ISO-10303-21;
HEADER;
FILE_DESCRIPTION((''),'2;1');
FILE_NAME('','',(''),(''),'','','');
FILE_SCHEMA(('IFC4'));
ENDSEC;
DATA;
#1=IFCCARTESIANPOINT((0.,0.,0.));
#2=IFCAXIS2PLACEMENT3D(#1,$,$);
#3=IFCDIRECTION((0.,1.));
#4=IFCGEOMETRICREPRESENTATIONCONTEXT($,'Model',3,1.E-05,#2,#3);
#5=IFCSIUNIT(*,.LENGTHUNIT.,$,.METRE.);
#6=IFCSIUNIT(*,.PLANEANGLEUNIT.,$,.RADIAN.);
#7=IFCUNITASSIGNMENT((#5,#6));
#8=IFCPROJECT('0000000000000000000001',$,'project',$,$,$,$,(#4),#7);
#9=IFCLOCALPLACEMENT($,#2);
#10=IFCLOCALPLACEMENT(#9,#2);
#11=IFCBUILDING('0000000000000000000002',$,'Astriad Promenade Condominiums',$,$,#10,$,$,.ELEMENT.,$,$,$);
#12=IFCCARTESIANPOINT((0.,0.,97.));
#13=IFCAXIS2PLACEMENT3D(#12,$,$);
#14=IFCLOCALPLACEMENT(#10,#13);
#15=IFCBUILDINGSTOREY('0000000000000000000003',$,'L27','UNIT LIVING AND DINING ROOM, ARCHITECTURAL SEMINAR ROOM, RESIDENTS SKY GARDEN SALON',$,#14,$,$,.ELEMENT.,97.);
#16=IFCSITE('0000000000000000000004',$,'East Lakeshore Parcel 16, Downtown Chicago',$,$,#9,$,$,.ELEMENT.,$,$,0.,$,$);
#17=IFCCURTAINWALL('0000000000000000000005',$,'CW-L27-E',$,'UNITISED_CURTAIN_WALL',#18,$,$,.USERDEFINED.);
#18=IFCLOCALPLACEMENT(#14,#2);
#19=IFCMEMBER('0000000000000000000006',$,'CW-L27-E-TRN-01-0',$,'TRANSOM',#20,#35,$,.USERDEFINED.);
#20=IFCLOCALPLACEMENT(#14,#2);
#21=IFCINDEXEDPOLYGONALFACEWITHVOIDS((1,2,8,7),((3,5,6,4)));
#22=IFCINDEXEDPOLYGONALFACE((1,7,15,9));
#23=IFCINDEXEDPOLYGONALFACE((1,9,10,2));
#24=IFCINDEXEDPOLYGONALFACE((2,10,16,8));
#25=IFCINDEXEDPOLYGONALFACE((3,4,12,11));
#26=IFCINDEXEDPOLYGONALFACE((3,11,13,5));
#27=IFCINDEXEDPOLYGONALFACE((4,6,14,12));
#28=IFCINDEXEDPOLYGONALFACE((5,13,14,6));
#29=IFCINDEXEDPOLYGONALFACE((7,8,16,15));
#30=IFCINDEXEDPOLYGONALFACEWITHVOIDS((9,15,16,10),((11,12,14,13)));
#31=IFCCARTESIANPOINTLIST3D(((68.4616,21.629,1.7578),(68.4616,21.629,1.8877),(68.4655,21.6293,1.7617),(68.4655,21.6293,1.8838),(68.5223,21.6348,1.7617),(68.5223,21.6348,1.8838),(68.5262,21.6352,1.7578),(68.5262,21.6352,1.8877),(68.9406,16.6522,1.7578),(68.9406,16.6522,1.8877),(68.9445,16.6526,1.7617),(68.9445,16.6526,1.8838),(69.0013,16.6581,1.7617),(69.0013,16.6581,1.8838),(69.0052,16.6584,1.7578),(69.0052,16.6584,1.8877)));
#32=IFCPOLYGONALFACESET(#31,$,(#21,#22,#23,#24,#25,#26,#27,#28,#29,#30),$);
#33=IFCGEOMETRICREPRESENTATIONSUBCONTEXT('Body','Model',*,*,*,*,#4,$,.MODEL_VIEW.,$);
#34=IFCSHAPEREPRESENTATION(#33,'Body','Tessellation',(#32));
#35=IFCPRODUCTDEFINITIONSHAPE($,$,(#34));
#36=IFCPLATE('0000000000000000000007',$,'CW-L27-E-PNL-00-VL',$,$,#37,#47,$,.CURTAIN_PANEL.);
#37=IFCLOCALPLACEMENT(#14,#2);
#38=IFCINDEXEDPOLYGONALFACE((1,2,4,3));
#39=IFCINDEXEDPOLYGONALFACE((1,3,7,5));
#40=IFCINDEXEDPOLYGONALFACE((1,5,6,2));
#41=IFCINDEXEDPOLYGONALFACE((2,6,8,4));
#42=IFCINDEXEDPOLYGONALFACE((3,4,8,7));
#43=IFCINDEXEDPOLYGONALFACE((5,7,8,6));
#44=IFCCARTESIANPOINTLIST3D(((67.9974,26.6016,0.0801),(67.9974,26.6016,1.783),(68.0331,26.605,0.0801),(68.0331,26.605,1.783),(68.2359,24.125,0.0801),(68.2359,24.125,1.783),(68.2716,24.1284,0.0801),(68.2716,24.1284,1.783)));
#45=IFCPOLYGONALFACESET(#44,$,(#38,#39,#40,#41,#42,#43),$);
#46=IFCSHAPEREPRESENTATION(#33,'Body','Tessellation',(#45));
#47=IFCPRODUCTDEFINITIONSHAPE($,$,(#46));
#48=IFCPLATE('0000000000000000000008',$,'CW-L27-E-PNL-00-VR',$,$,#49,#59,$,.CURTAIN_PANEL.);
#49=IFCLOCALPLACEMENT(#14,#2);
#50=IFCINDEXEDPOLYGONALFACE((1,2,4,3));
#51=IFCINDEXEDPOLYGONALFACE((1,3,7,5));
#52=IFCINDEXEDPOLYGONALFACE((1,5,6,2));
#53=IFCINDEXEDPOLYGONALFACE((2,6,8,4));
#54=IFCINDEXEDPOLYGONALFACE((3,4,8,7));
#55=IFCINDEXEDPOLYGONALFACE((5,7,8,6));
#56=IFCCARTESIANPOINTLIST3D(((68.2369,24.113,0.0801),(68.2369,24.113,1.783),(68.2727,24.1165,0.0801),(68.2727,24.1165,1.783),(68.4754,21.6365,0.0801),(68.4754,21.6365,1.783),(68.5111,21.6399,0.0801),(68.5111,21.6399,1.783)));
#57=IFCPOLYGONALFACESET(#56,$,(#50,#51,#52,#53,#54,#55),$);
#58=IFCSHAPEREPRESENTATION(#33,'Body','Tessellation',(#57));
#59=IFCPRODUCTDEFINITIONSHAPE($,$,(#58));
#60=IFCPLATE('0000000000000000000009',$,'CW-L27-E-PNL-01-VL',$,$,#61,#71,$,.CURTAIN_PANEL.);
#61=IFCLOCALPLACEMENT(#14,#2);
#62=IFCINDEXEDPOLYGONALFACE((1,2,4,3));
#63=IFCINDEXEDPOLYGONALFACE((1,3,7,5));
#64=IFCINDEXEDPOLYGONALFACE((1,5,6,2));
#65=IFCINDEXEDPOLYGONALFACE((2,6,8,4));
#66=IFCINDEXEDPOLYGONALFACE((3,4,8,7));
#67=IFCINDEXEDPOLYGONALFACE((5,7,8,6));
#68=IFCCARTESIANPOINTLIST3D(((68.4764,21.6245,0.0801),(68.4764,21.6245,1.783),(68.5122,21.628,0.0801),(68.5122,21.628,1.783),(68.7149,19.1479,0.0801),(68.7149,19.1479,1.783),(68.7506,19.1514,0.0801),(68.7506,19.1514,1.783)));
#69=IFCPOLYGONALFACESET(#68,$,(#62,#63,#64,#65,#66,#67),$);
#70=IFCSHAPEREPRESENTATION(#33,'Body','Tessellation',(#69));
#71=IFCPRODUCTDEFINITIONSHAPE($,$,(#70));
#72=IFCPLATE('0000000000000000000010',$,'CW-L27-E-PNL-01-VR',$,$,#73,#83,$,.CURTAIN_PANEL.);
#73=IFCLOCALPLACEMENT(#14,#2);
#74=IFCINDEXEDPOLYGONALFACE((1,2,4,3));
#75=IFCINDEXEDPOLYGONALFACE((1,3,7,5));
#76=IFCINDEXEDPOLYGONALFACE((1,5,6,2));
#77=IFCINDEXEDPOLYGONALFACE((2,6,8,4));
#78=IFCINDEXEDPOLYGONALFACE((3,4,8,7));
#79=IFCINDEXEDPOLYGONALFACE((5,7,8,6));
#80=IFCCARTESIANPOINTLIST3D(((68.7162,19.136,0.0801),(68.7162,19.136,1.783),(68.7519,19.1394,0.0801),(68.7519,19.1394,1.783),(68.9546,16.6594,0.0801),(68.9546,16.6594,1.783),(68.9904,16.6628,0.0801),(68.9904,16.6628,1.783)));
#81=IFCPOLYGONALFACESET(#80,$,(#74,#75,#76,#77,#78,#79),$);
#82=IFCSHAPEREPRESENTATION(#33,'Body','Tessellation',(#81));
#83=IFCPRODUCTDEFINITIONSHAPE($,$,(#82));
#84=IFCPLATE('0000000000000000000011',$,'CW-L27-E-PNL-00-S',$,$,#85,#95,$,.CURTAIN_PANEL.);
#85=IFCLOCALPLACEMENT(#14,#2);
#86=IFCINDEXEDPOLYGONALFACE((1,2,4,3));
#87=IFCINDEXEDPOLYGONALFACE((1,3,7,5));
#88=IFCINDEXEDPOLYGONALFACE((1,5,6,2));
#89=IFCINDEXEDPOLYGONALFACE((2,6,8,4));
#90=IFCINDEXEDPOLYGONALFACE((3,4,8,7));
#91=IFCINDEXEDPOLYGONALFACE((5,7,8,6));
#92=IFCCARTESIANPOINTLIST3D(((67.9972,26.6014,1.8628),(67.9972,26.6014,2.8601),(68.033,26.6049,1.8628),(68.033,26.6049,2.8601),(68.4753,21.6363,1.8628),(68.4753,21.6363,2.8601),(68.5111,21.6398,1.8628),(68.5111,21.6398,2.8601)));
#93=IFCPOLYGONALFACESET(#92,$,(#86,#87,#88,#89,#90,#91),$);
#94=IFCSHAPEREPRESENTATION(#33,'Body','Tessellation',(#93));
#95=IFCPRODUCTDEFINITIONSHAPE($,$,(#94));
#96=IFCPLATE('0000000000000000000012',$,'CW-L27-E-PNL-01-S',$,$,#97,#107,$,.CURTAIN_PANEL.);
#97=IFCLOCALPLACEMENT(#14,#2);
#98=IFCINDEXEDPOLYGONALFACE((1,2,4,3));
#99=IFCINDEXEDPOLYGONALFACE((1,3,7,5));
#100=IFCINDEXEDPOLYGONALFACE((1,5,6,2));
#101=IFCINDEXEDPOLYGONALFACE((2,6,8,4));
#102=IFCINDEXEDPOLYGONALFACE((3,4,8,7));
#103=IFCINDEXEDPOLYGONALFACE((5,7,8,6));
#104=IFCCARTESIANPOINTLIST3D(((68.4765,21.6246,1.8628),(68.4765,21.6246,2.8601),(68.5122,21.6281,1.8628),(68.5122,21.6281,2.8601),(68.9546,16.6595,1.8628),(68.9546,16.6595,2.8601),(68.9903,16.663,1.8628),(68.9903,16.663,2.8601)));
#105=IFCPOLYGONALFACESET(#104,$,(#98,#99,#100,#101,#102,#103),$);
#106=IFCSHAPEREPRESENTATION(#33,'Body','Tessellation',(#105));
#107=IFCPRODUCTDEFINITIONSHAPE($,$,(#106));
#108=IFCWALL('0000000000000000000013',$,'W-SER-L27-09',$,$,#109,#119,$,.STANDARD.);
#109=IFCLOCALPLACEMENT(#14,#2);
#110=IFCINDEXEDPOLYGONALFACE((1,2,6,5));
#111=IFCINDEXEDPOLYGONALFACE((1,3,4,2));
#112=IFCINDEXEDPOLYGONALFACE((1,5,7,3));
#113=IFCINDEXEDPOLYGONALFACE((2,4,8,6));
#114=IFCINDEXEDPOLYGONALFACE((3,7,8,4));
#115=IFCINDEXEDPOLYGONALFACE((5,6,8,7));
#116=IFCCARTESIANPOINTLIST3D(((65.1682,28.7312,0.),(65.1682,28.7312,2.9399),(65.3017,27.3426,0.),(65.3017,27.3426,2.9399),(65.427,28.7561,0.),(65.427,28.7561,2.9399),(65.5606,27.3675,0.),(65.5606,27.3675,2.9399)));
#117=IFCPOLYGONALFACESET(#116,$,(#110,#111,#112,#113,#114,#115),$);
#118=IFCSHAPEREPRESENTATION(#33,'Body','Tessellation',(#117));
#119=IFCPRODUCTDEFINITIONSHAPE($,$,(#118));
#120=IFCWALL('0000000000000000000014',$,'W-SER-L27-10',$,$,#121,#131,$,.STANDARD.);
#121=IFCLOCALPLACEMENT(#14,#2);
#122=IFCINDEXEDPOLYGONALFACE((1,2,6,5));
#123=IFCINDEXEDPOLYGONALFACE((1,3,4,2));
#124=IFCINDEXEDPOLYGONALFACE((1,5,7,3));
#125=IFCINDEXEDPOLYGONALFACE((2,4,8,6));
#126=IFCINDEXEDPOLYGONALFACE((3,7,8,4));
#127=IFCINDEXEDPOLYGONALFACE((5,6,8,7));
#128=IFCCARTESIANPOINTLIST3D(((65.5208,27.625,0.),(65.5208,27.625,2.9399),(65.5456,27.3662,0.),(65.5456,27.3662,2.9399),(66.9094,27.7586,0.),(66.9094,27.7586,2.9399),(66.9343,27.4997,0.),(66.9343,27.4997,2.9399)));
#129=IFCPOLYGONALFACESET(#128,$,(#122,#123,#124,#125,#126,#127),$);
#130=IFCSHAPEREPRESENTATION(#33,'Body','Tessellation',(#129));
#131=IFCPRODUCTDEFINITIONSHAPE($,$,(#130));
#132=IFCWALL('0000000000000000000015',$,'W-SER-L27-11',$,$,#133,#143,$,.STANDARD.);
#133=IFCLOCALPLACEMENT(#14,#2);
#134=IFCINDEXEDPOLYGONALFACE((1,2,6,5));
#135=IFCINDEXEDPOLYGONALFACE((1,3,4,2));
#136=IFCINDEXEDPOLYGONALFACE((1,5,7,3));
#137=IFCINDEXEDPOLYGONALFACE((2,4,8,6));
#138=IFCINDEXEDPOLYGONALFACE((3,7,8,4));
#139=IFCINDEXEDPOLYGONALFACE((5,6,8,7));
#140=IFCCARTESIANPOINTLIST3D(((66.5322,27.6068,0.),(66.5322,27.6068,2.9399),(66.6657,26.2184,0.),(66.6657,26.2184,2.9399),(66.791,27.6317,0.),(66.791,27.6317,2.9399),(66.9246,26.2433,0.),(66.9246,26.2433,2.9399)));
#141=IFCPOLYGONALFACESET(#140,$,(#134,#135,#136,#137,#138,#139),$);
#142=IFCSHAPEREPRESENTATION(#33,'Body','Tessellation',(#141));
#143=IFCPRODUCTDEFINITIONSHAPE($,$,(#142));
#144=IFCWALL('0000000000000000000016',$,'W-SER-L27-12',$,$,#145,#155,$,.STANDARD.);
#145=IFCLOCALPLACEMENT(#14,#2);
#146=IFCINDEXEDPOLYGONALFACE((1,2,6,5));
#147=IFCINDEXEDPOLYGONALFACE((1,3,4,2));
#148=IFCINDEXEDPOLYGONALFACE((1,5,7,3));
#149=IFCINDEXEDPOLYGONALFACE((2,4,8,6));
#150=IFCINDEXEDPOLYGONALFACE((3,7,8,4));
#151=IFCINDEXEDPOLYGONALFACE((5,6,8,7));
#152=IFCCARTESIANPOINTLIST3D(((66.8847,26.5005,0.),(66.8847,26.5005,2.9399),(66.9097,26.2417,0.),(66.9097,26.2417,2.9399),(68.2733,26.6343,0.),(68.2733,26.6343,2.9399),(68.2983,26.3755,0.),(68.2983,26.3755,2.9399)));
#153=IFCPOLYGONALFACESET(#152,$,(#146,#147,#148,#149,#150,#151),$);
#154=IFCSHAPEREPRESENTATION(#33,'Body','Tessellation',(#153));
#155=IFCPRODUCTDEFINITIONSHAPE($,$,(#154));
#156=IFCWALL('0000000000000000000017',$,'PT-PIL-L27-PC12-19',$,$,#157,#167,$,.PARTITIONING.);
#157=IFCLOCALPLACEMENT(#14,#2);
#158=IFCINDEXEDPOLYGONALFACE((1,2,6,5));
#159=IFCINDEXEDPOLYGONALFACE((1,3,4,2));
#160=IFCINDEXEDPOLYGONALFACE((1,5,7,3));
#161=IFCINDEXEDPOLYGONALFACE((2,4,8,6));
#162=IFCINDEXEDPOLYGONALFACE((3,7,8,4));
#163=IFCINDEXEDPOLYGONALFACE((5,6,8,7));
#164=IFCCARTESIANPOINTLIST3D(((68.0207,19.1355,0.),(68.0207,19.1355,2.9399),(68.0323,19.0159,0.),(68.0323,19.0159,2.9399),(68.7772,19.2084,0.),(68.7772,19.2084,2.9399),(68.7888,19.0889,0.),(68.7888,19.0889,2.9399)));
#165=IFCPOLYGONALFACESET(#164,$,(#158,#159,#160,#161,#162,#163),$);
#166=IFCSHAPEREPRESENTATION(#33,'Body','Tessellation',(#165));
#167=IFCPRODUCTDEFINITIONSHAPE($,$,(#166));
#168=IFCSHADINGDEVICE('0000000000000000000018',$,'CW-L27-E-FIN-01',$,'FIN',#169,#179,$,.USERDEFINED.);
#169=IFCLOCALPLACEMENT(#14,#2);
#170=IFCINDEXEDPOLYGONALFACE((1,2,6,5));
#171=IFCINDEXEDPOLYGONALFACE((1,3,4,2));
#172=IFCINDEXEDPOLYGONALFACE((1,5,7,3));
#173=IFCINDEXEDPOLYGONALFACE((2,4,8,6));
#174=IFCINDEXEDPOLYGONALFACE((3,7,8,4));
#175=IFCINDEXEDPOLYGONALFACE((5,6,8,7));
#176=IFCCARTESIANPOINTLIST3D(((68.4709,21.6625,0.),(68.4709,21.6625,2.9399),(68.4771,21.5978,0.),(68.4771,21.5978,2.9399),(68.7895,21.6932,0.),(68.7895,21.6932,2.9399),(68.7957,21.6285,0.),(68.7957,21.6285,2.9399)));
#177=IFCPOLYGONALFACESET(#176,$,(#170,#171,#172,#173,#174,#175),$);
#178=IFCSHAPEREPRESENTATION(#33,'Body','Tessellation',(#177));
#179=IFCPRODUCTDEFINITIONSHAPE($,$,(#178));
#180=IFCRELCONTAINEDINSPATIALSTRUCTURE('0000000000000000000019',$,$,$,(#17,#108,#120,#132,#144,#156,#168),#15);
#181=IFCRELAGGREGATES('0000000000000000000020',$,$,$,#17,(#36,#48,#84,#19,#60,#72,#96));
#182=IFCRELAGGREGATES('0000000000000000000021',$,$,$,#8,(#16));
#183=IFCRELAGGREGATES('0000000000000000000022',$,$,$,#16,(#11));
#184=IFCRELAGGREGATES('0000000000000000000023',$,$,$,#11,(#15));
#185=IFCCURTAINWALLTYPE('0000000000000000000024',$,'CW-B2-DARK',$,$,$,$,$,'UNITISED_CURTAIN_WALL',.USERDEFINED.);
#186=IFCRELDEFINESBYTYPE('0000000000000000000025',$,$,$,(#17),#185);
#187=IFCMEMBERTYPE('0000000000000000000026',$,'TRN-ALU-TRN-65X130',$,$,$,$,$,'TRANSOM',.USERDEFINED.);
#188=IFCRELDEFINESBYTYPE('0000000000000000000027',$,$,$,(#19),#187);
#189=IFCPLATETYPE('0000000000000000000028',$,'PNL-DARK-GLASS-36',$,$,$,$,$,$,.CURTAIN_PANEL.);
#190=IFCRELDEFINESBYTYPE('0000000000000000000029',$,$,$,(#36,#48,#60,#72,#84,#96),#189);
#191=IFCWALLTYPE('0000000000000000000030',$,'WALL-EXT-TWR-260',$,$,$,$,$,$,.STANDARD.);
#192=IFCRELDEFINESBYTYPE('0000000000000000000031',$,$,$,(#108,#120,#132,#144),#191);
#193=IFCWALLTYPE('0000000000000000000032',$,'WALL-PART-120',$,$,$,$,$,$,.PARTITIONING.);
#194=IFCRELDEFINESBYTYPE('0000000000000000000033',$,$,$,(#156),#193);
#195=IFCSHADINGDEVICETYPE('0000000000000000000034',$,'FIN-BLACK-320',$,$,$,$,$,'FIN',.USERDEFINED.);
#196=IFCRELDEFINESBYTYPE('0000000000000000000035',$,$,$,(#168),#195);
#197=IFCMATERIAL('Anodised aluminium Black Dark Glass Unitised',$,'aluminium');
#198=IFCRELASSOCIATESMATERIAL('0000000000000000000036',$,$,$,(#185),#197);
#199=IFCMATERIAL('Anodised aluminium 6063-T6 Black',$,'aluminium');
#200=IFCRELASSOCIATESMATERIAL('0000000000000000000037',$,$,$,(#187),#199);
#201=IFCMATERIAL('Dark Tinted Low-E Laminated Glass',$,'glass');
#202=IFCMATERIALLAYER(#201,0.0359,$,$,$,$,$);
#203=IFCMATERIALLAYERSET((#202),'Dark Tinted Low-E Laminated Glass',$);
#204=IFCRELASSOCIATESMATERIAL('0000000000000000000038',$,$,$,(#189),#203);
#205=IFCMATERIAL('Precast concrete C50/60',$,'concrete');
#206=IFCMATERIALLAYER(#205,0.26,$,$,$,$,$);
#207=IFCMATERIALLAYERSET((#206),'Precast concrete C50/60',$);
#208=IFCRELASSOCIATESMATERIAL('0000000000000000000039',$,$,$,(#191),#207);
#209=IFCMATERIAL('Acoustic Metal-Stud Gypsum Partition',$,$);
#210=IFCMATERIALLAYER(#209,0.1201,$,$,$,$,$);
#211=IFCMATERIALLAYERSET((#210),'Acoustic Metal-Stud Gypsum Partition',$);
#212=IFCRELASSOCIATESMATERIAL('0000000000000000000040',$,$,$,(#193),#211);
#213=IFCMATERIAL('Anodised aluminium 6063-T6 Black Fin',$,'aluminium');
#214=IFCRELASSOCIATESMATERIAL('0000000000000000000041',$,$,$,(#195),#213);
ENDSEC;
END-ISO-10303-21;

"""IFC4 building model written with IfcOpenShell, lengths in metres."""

from ifc_helpers import new_model, si_unit, direction, frame, frame_2d, origin, origin_2d, place, context, subcontext, project, spatial, rectangle, hollow_rectangle, extrude, source, transform, mapped, material, layer, layer_set, material_profile, profile_set, type_object, type_shapes, element, aggregate, save


model = new_model("IFC4")

# Units and contexts
model_context = context("Model", 3, precision=1e-05, world=origin(), true_north=direction((0.0, 1.0)))
body_context = subcontext(model_context, "Body", "Model", "MODEL_VIEW")
ifc_project = project(units=[si_unit("LENGTHUNIT", "METRE"), si_unit("PLANEANGLEUNIT", "RADIAN")], contexts=[model_context])

# Site, building, storey
site_placement = place(None, origin())
site = spatial("IfcSite", under=ifc_project, at=site_placement, Name="East Lakeshore Parcel 16, Downtown Chicago", CompositionType="ELEMENT", RefElevation=0.0)
building_placement = place(site_placement, origin())
building = spatial("IfcBuilding", under=site, at=building_placement, Name="Astriad Promenade Condominiums", CompositionType="ELEMENT")
storey_placement = place(building_placement, frame((0.0, 0.0, 97.0)))
storey = spatial("IfcBuildingStorey", under=building, at=storey_placement, Name="L27", Description="UNIT LIVING AND DINING ROOM, ARCHITECTURAL SEMINAR ROOM, RESIDENTS SKY GARDEN SALON", CompositionType="ELEMENT", Elevation=97.0)

# Curtain wall, member, plates
ifc_material_1 = material(Name="Anodised aluminium Black Dark Glass Unitised", Category="aluminium")
curtain_wall_type = type_object("IfcCurtainWallType", Name="CW-B2-DARK", ElementType="UNITISED_CURTAIN_WALL", PredefinedType="USERDEFINED", material=ifc_material_1)
curtain_wall_placement = place(storey_placement, origin())
curtain_wall = element("IfcCurtainWall", 1, at=curtain_wall_placement, inside=storey, type_object=curtain_wall_type, Name="CW-L27-E", ObjectType="UNITISED_CURTAIN_WALL", PredefinedType="USERDEFINED")
ifc_material_2 = material(Name="Anodised aluminium 6063-T6 Black", Category="aluminium")
ifc_material_profile_1 = material_profile(ifc_material_2, hollow_rectangle(XDim=0.0649, YDim=0.1299, WallThickness=0.0039, at=origin_2d()), Name="ALU-TRN-65X130")
ifc_profile_set_1 = profile_set([ifc_material_profile_1], Name="Anodised aluminium 6063-T6 Black")
member_type_1 = type_object("IfcMemberType", Name="TRN-ALU-TRN-65X130", ElementType="TRANSOM", PredefinedType="USERDEFINED", material=ifc_profile_set_1)
shared_shape_1 = source(origin(), body_context, "Body", "SweptSolid", [
    extrude(hollow_rectangle(XDim=0.0649, YDim=0.1299, WallThickness=0.0039, at=origin_2d()), origin(), (0.0, 0.0, 1.0), 4.9998),
])
member_1_placement = place(storey_placement, frame((68.4939, 21.6321, 1.8228), z_axis=(0.095805, -0.9954, 0.0), x_axis=(0.9954, 0.095805, 0.0)))
member_1 = element("IfcMember", 2, at=member_1_placement, type_object=member_type_1, Name="CW-L27-E-TRN-01-0", ObjectType="TRANSOM", PredefinedType="USERDEFINED", context=body_context, shape_type="MappedRepresentation", body=[
    mapped(shared_shape_1, transform((0.0, 0.0, 0.0), scale=1.0)),
])
ifc_material_3 = material(Name="Dark Tinted Low-E Laminated Glass", Category="glass")
ifc_layer_1 = layer(ifc_material_3, 0.0359)
ifc_layer_set_1 = layer_set([ifc_layer_1], Name="Dark Tinted Low-E Laminated Glass")
plate_type = type_object("IfcPlateType", Name="PNL-DARK-GLASS-36", PredefinedType="CURTAIN_PANEL", material=ifc_layer_set_1)
shared_shape_2 = source(origin(), body_context, "Body", "SweptSolid", [
    extrude(rectangle(XDim=2.488, YDim=0.0359, at=origin_2d()), origin(), (0.0, 0.0, 1.0), 1.7029),
])
plate_1_placement = place(storey_placement, frame((68.1345, 25.365, 0.0801), z_axis=(0.0, 0.0, 1.0), x_axis=(0.095846, -0.995396, 0.0)))
plate_1 = element("IfcPlate", 3, at=plate_1_placement, type_object=plate_type, Name="CW-L27-E-PNL-00-VL", PredefinedType="CURTAIN_PANEL", context=body_context, shape_type="MappedRepresentation", body=[
    mapped(shared_shape_2, transform((0.0, 0.0, 0.0), scale=1.0)),
])
plate_2_placement = place(storey_placement, frame((68.374, 22.8765, 0.0801), z_axis=(0.0, 0.0, 1.0), x_axis=(0.095846, -0.995396, 0.0)))
plate_2 = element("IfcPlate", 4, at=plate_2_placement, type_object=plate_type, Name="CW-L27-E-PNL-00-VR", PredefinedType="CURTAIN_PANEL", context=body_context, shape_type="MappedRepresentation", body=[
    mapped(shared_shape_2, transform((0.0, 0.0, 0.0), scale=1.0)),
])
plate_3_placement = place(storey_placement, frame((68.6135, 20.3879, 0.0801), z_axis=(0.0, 0.0, 1.0), x_axis=(0.095846, -0.995396, 0.0)))
plate_3 = element("IfcPlate", 5, at=plate_3_placement, type_object=plate_type, Name="CW-L27-E-PNL-01-VL", PredefinedType="CURTAIN_PANEL", context=body_context, shape_type="MappedRepresentation", body=[
    mapped(shared_shape_2, transform((0.0, 0.0, 0.0), scale=1.0)),
])
plate_4_placement = place(storey_placement, frame((68.8533, 17.8994, 0.0801), z_axis=(0.0, 0.0, 1.0), x_axis=(0.095846, -0.995396, 0.0)))
plate_4 = element("IfcPlate", 6, at=plate_4_placement, type_object=plate_type, Name="CW-L27-E-PNL-01-VR", PredefinedType="CURTAIN_PANEL", context=body_context, shape_type="MappedRepresentation", body=[
    mapped(shared_shape_2, transform((0.0, 0.0, 0.0), scale=1.0)),
])
shared_shape_3 = source(origin(), body_context, "Body", "SweptSolid", [
    extrude(rectangle(XDim=4.988, YDim=0.0359, at=origin_2d()), origin(), (0.0, 0.0, 1.0), 0.9973),
])
type_shapes(plate_type, [shared_shape_2, shared_shape_3])
plate_5_placement = place(storey_placement, frame((68.2542, 24.1206, 1.8628), z_axis=(0.0, 0.0, 1.0), x_axis=(0.095846, -0.995396, 0.0)))
plate_5 = element("IfcPlate", 7, at=plate_5_placement, type_object=plate_type, Name="CW-L27-E-PNL-00-S", PredefinedType="CURTAIN_PANEL", context=body_context, shape_type="MappedRepresentation", body=[
    mapped(shared_shape_3, transform((0.0, 0.0, 0.0), scale=1.0)),
])
plate_6_placement = place(storey_placement, frame((68.7334, 19.1438, 1.8628), z_axis=(0.0, 0.0, 1.0), x_axis=(0.095846, -0.995396, 0.0)))
plate_6 = element("IfcPlate", 8, at=plate_6_placement, type_object=plate_type, Name="CW-L27-E-PNL-01-S", PredefinedType="CURTAIN_PANEL", context=body_context, shape_type="MappedRepresentation", body=[
    mapped(shared_shape_3, transform((0.0, 0.0, 0.0), scale=1.0)),
])
aggregate(curtain_wall, [plate_1, plate_2, plate_5, member_1, plate_3, plate_4, plate_6])

# Walls
ifc_material_4 = material(Name="Precast concrete C50/60", Category="concrete")
ifc_layer_2 = layer(ifc_material_4, 0.26)
ifc_layer_set_2 = layer_set([ifc_layer_2], Name="Precast concrete C50/60")
wall_type_1 = type_object("IfcWallType", Name="WALL-EXT-TWR-260", PredefinedType="STANDARD", material=ifc_layer_set_2)
for number, where, z_axis, x_axis, name in (
    (9, (65.2976, 28.7437, 0.0), (0.0, 0.0, 1.0), (0.095726, -0.995408, 0.0), "W-SER-L27-09"),
    (10, (65.5332, 27.4956, 0.0), (0.0, 0.0, 1.0), (0.995408, 0.095726, 0.0), "W-SER-L27-10"),
):
    element("IfcWall", number, at=place(storey_placement, frame(where, z_axis=z_axis, x_axis=x_axis)), inside=storey, type_object=wall_type_1, Name=name, PredefinedType="STANDARD", context=body_context, shape_type="SweptSolid", body=[
        extrude(rectangle(XDim=1.395, YDim=0.26, at=frame_2d((0.6975, 0.0))), origin(), (0.0, 0.0, 1.0), 2.9399),
    ])
wall_1_placement = place(storey_placement, frame((66.6616, 27.6191, 0.0), z_axis=(0.0, 0.0, 1.0), x_axis=(0.095742, -0.995406, 0.0)))
element("IfcWall", 11, at=wall_1_placement, inside=storey, type_object=wall_type_1, Name="W-SER-L27-11", PredefinedType="STANDARD", context=body_context, shape_type="SweptSolid", body=[
    extrude(rectangle(XDim=1.3948, YDim=0.26, at=frame_2d((0.6973, 0.0))), origin(), (0.0, 0.0, 1.0), 2.9399),
])
wall_2_placement = place(storey_placement, frame((66.8972, 26.3711, 0.0), z_axis=(0.0, 0.0, 1.0), x_axis=(0.995391, 0.095899, 0.0)))
element("IfcWall", 12, at=wall_2_placement, inside=storey, type_object=wall_type_1, Name="W-SER-L27-12", PredefinedType="STANDARD", context=body_context, shape_type="SweptSolid", body=[
    extrude(rectangle(XDim=1.395, YDim=0.26, at=frame_2d((0.6975, 0.0))), origin(), (0.0, 0.0, 1.0), 2.9399),
])
ifc_material_5 = material(Name="Acoustic Metal-Stud Gypsum Partition")
ifc_layer_3 = layer(ifc_material_5, 0.1201)
ifc_layer_set_3 = layer_set([ifc_layer_3], Name="Acoustic Metal-Stud Gypsum Partition")
wall_type_2 = type_object("IfcWallType", Name="WALL-PART-120", PredefinedType="PARTITIONING", material=ifc_layer_set_3)
wall_3_placement = place(storey_placement, frame((68.0266, 19.0757, 0.0), z_axis=(0.0, 0.0, 1.0), x_axis=(0.995378, 0.096037, 0.0)))
element("IfcWall", 13, at=wall_3_placement, inside=storey, type_object=wall_type_2, Name="PT-PIL-L27-PC12-19", PredefinedType="PARTITIONING", context=body_context, shape_type="SweptSolid", body=[
    extrude(rectangle(XDim=0.76, YDim=0.1201, at=frame_2d((0.3799, 0.0))), origin(), (0.0, 0.0, 1.0), 2.9399),
])

# Shading device
ifc_material_6 = material(Name="Anodised aluminium 6063-T6 Black Fin", Category="aluminium")
shading_device_type = type_object("IfcShadingDeviceType", Name="FIN-BLACK-320", ElementType="FIN", PredefinedType="USERDEFINED", material=ifc_material_6)
shared_shape_4 = source(origin(), body_context, "Body", "SweptSolid", [
    extrude(rectangle(XDim=0.0649, YDim=0.3201, at=origin_2d()), origin(), (0.0, 0.0, 1.0), 2.9399),
])
type_shapes(shading_device_type, [shared_shape_4])
shading_device_placement = place(storey_placement, frame((68.6333, 21.6455, 0.0), z_axis=(0.0, 0.0, 1.0), x_axis=(0.095846, -0.995396, 0.0)))
element("IfcShadingDevice", 14, at=shading_device_placement, inside=storey, type_object=shading_device_type, Name="CW-L27-E-FIN-01", ObjectType="FIN", PredefinedType="USERDEFINED", context=body_context, shape_type="MappedRepresentation", body=[
    mapped(shared_shape_4, transform((0.0, 0.0, 0.0), scale=1.0)),
])

save(model, "model.ifc")
